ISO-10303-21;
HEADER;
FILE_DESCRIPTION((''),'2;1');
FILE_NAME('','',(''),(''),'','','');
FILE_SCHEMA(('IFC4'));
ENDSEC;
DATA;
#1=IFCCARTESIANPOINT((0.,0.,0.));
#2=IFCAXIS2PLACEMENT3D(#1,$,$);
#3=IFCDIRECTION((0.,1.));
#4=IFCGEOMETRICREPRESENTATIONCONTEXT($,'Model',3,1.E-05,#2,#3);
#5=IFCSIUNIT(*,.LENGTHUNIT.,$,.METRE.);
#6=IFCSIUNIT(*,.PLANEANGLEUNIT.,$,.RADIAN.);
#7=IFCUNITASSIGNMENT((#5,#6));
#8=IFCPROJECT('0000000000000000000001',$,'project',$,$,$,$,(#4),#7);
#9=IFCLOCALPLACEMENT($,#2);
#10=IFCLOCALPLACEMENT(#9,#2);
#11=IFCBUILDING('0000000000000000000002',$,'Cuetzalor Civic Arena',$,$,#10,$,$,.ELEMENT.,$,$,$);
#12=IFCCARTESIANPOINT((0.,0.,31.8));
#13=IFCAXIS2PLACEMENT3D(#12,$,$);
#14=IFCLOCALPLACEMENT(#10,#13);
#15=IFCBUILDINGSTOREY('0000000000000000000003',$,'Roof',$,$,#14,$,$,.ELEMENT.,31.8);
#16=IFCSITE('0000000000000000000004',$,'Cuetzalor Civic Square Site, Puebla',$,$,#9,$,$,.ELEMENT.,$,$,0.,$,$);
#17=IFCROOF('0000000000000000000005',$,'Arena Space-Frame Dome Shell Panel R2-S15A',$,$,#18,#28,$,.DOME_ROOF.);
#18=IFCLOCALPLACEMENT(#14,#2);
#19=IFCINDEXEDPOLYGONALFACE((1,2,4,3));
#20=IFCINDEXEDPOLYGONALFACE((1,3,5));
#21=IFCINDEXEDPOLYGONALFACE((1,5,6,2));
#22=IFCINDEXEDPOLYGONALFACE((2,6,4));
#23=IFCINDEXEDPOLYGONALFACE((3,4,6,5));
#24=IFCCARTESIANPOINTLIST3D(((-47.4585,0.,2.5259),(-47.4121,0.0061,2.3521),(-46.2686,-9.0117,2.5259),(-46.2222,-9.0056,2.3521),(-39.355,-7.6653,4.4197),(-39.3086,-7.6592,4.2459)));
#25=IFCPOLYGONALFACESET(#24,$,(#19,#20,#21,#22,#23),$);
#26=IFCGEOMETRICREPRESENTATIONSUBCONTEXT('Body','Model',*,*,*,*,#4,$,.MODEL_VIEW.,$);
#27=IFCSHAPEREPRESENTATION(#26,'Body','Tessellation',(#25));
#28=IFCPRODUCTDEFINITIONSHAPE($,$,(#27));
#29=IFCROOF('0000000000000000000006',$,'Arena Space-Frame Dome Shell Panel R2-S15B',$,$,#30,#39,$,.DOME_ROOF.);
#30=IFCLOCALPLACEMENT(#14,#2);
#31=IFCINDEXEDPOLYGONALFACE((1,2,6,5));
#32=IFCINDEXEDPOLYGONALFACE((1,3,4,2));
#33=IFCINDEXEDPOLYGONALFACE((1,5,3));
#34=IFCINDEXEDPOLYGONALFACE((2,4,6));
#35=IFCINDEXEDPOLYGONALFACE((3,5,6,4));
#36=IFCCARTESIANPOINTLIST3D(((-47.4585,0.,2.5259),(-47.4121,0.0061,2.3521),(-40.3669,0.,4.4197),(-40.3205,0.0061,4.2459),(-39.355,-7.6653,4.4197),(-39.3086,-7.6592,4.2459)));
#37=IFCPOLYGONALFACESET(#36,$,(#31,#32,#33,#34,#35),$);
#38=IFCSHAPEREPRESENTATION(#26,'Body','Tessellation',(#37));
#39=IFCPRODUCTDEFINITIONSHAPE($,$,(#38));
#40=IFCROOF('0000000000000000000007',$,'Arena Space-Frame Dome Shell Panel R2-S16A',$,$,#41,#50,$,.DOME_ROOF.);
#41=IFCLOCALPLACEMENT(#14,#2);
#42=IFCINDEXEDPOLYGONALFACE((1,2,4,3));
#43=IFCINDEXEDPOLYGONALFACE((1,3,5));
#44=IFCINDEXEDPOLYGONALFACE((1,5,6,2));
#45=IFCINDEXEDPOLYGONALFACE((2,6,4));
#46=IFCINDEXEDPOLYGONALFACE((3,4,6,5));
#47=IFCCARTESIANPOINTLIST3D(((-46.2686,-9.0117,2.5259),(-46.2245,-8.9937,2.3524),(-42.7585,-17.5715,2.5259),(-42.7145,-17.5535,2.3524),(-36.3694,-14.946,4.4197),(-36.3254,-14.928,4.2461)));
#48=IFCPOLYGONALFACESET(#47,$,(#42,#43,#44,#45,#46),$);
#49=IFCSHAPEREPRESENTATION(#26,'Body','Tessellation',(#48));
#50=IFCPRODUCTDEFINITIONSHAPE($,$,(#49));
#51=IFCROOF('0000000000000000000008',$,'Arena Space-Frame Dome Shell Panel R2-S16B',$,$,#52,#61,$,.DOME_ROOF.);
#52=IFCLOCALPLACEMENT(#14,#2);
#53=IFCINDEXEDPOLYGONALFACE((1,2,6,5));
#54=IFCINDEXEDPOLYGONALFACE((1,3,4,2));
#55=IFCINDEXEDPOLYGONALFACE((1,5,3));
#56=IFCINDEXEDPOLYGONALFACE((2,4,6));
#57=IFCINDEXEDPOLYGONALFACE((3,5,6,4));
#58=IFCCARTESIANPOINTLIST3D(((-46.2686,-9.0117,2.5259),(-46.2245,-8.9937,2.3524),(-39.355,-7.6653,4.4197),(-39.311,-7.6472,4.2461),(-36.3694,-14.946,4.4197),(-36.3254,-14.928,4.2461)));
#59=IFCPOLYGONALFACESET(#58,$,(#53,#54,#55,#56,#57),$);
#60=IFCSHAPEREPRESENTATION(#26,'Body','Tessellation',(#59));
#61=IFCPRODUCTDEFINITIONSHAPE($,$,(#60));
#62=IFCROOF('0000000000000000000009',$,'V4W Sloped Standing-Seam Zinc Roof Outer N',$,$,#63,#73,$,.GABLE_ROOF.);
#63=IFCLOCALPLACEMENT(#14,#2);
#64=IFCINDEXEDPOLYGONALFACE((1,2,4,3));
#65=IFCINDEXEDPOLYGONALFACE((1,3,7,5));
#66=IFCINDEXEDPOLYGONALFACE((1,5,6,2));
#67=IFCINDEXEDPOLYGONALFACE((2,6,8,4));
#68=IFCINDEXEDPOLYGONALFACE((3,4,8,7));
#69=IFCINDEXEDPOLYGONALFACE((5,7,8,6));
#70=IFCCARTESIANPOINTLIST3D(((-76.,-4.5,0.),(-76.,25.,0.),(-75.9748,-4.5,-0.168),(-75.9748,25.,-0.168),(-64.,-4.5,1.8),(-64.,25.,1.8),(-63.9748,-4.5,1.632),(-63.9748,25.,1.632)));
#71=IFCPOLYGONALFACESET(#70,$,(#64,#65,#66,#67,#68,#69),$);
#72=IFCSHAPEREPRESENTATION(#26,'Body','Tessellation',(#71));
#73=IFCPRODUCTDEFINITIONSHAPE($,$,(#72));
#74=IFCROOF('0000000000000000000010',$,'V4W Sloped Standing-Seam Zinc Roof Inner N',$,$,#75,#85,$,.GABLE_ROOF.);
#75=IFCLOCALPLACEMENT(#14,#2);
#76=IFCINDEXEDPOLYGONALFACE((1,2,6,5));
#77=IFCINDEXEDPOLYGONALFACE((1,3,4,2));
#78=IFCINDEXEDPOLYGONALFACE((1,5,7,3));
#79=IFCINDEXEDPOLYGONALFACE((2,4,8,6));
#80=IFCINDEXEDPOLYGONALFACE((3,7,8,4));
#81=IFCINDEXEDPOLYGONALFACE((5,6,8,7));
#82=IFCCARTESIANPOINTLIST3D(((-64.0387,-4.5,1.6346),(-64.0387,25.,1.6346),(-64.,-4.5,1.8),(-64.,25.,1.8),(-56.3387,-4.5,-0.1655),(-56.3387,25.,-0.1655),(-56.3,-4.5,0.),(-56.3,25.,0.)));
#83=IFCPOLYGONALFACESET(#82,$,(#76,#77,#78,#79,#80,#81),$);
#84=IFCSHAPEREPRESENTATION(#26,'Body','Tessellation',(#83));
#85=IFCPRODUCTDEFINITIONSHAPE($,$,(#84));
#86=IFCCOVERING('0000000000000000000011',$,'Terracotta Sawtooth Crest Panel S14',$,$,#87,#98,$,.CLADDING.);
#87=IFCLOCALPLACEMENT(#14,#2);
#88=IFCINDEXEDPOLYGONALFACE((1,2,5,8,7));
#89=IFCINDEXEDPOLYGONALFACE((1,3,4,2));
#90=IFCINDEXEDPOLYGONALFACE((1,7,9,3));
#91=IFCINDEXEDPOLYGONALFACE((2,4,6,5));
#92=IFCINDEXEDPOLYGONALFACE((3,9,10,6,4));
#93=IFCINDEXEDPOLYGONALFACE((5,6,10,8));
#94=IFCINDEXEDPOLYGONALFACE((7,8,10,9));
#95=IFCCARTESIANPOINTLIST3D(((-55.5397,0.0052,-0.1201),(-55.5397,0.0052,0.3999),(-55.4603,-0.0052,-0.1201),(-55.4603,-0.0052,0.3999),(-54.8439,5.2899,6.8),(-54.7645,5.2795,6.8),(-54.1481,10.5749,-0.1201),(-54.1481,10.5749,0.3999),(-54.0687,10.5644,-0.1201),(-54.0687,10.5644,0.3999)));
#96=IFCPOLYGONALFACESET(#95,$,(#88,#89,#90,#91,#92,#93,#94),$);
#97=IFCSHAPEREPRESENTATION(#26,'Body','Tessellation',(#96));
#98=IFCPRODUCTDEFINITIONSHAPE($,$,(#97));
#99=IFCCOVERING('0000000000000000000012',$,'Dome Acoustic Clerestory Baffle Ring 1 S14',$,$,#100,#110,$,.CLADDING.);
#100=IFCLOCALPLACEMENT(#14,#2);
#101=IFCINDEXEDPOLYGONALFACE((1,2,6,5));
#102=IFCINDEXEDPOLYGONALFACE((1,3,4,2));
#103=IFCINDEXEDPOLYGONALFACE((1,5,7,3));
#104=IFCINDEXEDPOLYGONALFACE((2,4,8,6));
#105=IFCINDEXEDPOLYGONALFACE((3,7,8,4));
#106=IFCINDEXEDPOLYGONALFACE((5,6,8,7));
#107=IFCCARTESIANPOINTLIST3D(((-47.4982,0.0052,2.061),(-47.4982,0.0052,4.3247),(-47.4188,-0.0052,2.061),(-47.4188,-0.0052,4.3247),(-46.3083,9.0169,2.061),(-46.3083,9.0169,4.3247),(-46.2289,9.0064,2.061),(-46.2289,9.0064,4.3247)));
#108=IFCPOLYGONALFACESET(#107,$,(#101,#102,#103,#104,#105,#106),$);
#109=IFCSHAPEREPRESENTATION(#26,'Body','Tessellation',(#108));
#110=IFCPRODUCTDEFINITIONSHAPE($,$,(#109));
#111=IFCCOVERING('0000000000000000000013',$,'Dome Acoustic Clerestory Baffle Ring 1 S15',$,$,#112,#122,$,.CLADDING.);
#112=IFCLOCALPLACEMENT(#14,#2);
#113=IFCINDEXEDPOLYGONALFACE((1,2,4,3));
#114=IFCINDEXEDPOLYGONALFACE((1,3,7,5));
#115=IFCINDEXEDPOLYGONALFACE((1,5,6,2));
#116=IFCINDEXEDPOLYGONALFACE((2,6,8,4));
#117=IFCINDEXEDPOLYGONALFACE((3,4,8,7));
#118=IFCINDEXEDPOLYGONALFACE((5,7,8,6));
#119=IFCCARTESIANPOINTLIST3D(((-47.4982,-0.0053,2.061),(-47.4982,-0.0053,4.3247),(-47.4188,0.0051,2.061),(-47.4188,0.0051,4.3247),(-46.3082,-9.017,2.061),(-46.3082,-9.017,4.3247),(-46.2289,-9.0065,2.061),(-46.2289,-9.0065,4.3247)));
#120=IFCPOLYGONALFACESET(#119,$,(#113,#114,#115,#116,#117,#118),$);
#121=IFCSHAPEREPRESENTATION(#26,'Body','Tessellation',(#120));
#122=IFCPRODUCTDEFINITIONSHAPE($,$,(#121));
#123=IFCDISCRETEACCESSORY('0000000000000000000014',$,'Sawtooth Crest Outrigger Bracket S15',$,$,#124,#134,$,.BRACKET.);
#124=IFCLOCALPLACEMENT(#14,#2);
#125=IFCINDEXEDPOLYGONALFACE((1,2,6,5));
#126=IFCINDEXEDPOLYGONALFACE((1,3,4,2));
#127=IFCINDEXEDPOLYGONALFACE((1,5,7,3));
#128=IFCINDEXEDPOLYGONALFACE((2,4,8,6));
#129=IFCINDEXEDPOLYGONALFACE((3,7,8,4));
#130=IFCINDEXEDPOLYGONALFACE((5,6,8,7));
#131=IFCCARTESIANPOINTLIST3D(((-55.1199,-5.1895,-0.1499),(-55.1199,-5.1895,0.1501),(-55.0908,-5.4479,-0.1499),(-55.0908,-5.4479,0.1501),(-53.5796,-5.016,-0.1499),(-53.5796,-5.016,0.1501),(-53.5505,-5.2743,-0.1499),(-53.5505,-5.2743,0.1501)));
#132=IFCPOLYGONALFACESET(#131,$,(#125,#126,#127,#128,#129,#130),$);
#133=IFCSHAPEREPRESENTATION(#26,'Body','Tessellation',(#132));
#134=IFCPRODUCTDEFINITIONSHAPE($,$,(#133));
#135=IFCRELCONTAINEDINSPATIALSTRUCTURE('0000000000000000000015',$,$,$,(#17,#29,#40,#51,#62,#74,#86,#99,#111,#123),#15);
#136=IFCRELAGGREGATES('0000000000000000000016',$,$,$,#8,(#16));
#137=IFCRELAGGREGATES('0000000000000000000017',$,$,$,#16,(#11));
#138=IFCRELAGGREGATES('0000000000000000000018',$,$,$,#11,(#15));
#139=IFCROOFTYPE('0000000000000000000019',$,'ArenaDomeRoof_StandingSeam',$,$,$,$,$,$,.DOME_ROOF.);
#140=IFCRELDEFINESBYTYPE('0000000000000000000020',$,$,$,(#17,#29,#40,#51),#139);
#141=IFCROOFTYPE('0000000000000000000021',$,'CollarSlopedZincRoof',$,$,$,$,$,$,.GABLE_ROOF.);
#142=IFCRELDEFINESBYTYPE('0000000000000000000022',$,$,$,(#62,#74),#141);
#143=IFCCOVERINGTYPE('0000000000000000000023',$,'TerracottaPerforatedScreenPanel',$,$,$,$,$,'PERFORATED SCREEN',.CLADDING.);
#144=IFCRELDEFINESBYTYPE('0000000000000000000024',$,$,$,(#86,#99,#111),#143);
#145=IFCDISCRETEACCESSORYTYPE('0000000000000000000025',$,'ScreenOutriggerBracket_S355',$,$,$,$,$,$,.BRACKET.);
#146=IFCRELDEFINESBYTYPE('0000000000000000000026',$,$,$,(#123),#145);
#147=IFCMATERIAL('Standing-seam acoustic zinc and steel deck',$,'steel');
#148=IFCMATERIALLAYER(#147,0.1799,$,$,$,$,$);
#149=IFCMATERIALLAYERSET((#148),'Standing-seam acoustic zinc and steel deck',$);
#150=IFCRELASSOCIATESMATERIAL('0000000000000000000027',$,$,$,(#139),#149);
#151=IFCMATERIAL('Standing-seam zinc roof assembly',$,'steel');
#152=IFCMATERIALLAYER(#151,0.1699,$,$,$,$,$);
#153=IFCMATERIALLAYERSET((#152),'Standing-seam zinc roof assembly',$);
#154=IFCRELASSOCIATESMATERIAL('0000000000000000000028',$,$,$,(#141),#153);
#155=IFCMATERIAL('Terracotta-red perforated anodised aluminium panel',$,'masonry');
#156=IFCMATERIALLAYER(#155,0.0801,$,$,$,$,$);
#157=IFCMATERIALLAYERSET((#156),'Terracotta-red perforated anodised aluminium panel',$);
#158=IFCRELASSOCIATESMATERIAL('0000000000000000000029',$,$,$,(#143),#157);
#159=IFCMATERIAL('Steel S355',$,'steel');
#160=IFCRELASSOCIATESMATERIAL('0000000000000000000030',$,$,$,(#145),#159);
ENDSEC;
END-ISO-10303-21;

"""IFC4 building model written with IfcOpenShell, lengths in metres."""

from ifc_helpers import new_model, si_unit, direction, frame, frame_2d, origin, origin_2d, place, context, subcontext, project, spatial, polyline, rectangle, outline, extrude, material, layer, layer_set, type_object, element, save


model = new_model("IFC4")

# Units and contexts
model_context = context("Model", 3, precision=1e-05, world=origin(), true_north=direction((0.0, 1.0)))
body_context = subcontext(model_context, "Body", "Model", "MODEL_VIEW")
ifc_project = project(units=[si_unit("LENGTHUNIT", "METRE"), si_unit("PLANEANGLEUNIT", "RADIAN")], contexts=[model_context])

# Site, building, storey
site_placement = place(None, origin())
site = spatial("IfcSite", under=ifc_project, at=site_placement, Name="Cuetzalor Civic Square Site, Puebla", CompositionType="ELEMENT", RefElevation=0.0)
building_placement = place(site_placement, origin())
building = spatial("IfcBuilding", under=site, at=building_placement, Name="Cuetzalor Civic Arena", CompositionType="ELEMENT")
storey_placement = place(building_placement, frame((0.0, 0.0, 31.8)))
storey = spatial("IfcBuildingStorey", under=building, at=storey_placement, Name="Roof", CompositionType="ELEMENT", Elevation=31.8)

# Roofs
ifc_material_1 = material(Name="Standing-seam acoustic zinc and steel deck", Category="steel")
ifc_layer_1 = layer(ifc_material_1, 0.1799)
ifc_layer_set_1 = layer_set([ifc_layer_1], Name="Standing-seam acoustic zinc and steel deck")
roof_type_1 = type_object("IfcRoofType", Name="ArenaDomeRoof_StandingSeam", PredefinedType="DOME_ROOF", material=ifc_layer_set_1)
roof_1_placement = place(storey_placement, frame((-47.4585, 0.0, 2.5259), z_axis=(-0.257865, -0.034049, 0.965581), x_axis=(0.130907, -0.991395, 0.0)))
element("IfcRoof", 1, at=roof_1_placement, inside=storey, type_object=roof_type_1, Name="Arena Space-Frame Dome Shell Panel R2-S15A", PredefinedType="DOME_ROOF", context=body_context, shape_type="SweptSolid", body=[
    extrude(outline(polyline([(0.0, 0.0), (9.0899, 0.0), (8.6601, 7.2809), (0.0, 0.0)])), origin(), (0.0, 0.0, -1.0), 0.1799),
])
roof_2_placement = place(storey_placement, frame((-47.4585, 0.0, 2.5259), z_axis=(-0.257859, -0.034042, 0.965583), x_axis=(0.716228, -0.677495, 0.167383)))
element("IfcRoof", 2, at=roof_2_placement, inside=storey, type_object=roof_type_1, Name="Arena Space-Frame Dome Shell Panel R2-S15B", PredefinedType="DOME_ROOF", context=body_context, shape_type="SweptSolid", body=[
    extrude(outline(polyline([(0.0, 0.0), (11.3142, 0.0), (5.3962, 4.9757), (0.0, 0.0)])), origin(), (0.0, 0.0, -1.0), 0.1799),
])
roof_3_placement = place(storey_placement, frame((-46.2686, -9.0117, 2.5259), z_axis=(-0.244637, -0.100315, 0.964412), x_axis=(0.379398, -0.925233, 0.0)))
element("IfcRoof", 3, at=roof_3_placement, inside=storey, type_object=roof_type_1, Name="Arena Space-Frame Dome Shell Panel R2-S16A", PredefinedType="DOME_ROOF", context=body_context, shape_type="SweptSolid", body=[
    extrude(outline(polyline([(0.0, 0.0), (9.2515, 0.0), (9.2464, 7.1625), (0.0, 0.0)])), origin(), (0.0, 0.0, -1.0), 0.1799),
])
roof_4_placement = place(storey_placement, frame((-46.2686, -9.0117, 2.5259), z_axis=(-0.244639, -0.100318, 0.964411), x_axis=(0.846373, -0.507381, 0.161919)))
element("IfcRoof", 4, at=roof_4_placement, inside=storey, type_object=roof_type_1, Name="Arena Space-Frame Dome Shell Panel R2-S16B", PredefinedType="DOME_ROOF", context=body_context, shape_type="SweptSolid", body=[
    extrude(outline(polyline([(0.0, 0.0), (11.696, 0.0), (5.4749, 4.8189), (0.0, 0.0)])), origin(), (0.0, 0.0, -1.0), 0.1799),
])
ifc_material_2 = material(Name="Standing-seam zinc roof assembly", Category="steel")
ifc_layer_2 = layer(ifc_material_2, 0.1699)
ifc_layer_set_2 = layer_set([ifc_layer_2], Name="Standing-seam zinc roof assembly")
roof_type_2 = type_object("IfcRoofType", Name="CollarSlopedZincRoof", PredefinedType="GABLE_ROOF", material=ifc_layer_set_2)
roof_5_placement = place(storey_placement, frame((-76.0, -4.5, 0.0), z_axis=(-0.148344, 0.0, 0.988936), x_axis=(0.988936, 0.0, 0.148344)))
element("IfcRoof", 5, at=roof_5_placement, inside=storey, type_object=roof_type_2, Name="V4W Sloped Standing-Seam Zinc Roof Outer N", PredefinedType="GABLE_ROOF", context=body_context, shape_type="SweptSolid", body=[
    extrude(outline(polyline([(0.0, 0.0), (12.1343, 0.0), (12.1343, 29.5), (0.0, 29.5), (0.0, 0.0)])), origin(), (0.0, 0.0, -1.0), 0.1699),
])
roof_6_placement = place(storey_placement, frame((-64.0, -4.5, 1.8), z_axis=(0.227637, 0.0, 0.973746), x_axis=(0.973746, 0.0, -0.227637)))
element("IfcRoof", 6, at=roof_6_placement, inside=storey, type_object=roof_type_2, Name="V4W Sloped Standing-Seam Zinc Roof Inner N", PredefinedType="GABLE_ROOF", context=body_context, shape_type="SweptSolid", body=[
    extrude(outline(polyline([(0.0, 0.0), (7.9076, 0.0), (7.9076, 29.5), (0.0, 29.5), (0.0, 0.0)])), origin(), (0.0, 0.0, -1.0), 0.1699),
])

# Coverings
ifc_material_3 = material(Name="Terracotta-red perforated anodised aluminium panel", Category="masonry")
ifc_layer_3 = layer(ifc_material_3, 0.0801)
ifc_layer_set_3 = layer_set([ifc_layer_3], Name="Terracotta-red perforated anodised aluminium panel")
covering_type = type_object("IfcCoveringType", Name="TerracottaPerforatedScreenPanel", ElementType="PERFORATED SCREEN", PredefinedType="CLADDING", material=ifc_layer_set_3)
covering_placement = place(storey_placement, frame((-55.5, 0.0, -0.1201), z_axis=(0.0, 0.0, 1.0), x_axis=(0.130534, 0.991444, 0.0)))
element("IfcCovering", 7, at=covering_placement, inside=storey, type_object=covering_type, Name="Terracotta Sawtooth Crest Panel S14", PredefinedType="CLADDING", context=body_context, shape_type="SweptSolid", body=[
    extrude(outline(polyline([(0.0, 0.0), (10.6609, 0.0), (10.6609, 0.52), (5.3303, 6.9202), (0.0, 0.52), (0.0, 0.0)])), frame((0.0, 0.04, 0.0), z_axis=(0.0, -1.0, 0.0), x_axis=(1.0, 0.0, 0.0)), (0.0, 0.0, 1.0), 0.0801),
])
for number, where, z_axis, x_axis, name in (
    (8, (-47.4585, 0.0, 2.061), (0.0, 0.0, 1.0), (0.130907, 0.991395, 0.0), "Dome Acoustic Clerestory Baffle Ring 1 S14"),
    (9, (-46.2686, -9.0117, 2.061), (0.0, 0.0, 1.0), (-0.130907, 0.991395, 0.0), "Dome Acoustic Clerestory Baffle Ring 1 S15"),
):
    element("IfcCovering", number, at=place(storey_placement, frame(where, z_axis=z_axis, x_axis=x_axis)), inside=storey, type_object=covering_type, Name=name, PredefinedType="CLADDING", context=body_context, shape_type="SweptSolid", body=[
        extrude(rectangle(XDim=9.0898, YDim=0.0801, at=frame_2d((4.5449, 0.0))), origin(), (0.0, 0.0, 1.0), 2.2637),
    ])

# Discrete accessory
ifc_material_4 = material(Name="Steel S355", Category="steel")
discrete_accessory_type = type_object("IfcDiscreteAccessoryType", Name="ScreenOutriggerBracket_S355", PredefinedType="BRACKET", material=ifc_material_4)
discrete_accessory_placement = place(storey_placement, frame((-54.3352, -5.2319, -0.1499), z_axis=(0.0, 0.0, 1.0), x_axis=(-0.993709, -0.111989, 0.0)))
element("IfcDiscreteAccessory", 10, at=discrete_accessory_placement, inside=storey, type_object=discrete_accessory_type, Name="Sawtooth Crest Outrigger Bracket S15", PredefinedType="BRACKET", context=body_context, shape_type="SweptSolid", body=[
    extrude(rectangle(XDim=1.55, YDim=0.26, at=origin_2d()), origin(), (0.0, 0.0, 1.0), 0.3),
])

save(model, "model.ifc")
